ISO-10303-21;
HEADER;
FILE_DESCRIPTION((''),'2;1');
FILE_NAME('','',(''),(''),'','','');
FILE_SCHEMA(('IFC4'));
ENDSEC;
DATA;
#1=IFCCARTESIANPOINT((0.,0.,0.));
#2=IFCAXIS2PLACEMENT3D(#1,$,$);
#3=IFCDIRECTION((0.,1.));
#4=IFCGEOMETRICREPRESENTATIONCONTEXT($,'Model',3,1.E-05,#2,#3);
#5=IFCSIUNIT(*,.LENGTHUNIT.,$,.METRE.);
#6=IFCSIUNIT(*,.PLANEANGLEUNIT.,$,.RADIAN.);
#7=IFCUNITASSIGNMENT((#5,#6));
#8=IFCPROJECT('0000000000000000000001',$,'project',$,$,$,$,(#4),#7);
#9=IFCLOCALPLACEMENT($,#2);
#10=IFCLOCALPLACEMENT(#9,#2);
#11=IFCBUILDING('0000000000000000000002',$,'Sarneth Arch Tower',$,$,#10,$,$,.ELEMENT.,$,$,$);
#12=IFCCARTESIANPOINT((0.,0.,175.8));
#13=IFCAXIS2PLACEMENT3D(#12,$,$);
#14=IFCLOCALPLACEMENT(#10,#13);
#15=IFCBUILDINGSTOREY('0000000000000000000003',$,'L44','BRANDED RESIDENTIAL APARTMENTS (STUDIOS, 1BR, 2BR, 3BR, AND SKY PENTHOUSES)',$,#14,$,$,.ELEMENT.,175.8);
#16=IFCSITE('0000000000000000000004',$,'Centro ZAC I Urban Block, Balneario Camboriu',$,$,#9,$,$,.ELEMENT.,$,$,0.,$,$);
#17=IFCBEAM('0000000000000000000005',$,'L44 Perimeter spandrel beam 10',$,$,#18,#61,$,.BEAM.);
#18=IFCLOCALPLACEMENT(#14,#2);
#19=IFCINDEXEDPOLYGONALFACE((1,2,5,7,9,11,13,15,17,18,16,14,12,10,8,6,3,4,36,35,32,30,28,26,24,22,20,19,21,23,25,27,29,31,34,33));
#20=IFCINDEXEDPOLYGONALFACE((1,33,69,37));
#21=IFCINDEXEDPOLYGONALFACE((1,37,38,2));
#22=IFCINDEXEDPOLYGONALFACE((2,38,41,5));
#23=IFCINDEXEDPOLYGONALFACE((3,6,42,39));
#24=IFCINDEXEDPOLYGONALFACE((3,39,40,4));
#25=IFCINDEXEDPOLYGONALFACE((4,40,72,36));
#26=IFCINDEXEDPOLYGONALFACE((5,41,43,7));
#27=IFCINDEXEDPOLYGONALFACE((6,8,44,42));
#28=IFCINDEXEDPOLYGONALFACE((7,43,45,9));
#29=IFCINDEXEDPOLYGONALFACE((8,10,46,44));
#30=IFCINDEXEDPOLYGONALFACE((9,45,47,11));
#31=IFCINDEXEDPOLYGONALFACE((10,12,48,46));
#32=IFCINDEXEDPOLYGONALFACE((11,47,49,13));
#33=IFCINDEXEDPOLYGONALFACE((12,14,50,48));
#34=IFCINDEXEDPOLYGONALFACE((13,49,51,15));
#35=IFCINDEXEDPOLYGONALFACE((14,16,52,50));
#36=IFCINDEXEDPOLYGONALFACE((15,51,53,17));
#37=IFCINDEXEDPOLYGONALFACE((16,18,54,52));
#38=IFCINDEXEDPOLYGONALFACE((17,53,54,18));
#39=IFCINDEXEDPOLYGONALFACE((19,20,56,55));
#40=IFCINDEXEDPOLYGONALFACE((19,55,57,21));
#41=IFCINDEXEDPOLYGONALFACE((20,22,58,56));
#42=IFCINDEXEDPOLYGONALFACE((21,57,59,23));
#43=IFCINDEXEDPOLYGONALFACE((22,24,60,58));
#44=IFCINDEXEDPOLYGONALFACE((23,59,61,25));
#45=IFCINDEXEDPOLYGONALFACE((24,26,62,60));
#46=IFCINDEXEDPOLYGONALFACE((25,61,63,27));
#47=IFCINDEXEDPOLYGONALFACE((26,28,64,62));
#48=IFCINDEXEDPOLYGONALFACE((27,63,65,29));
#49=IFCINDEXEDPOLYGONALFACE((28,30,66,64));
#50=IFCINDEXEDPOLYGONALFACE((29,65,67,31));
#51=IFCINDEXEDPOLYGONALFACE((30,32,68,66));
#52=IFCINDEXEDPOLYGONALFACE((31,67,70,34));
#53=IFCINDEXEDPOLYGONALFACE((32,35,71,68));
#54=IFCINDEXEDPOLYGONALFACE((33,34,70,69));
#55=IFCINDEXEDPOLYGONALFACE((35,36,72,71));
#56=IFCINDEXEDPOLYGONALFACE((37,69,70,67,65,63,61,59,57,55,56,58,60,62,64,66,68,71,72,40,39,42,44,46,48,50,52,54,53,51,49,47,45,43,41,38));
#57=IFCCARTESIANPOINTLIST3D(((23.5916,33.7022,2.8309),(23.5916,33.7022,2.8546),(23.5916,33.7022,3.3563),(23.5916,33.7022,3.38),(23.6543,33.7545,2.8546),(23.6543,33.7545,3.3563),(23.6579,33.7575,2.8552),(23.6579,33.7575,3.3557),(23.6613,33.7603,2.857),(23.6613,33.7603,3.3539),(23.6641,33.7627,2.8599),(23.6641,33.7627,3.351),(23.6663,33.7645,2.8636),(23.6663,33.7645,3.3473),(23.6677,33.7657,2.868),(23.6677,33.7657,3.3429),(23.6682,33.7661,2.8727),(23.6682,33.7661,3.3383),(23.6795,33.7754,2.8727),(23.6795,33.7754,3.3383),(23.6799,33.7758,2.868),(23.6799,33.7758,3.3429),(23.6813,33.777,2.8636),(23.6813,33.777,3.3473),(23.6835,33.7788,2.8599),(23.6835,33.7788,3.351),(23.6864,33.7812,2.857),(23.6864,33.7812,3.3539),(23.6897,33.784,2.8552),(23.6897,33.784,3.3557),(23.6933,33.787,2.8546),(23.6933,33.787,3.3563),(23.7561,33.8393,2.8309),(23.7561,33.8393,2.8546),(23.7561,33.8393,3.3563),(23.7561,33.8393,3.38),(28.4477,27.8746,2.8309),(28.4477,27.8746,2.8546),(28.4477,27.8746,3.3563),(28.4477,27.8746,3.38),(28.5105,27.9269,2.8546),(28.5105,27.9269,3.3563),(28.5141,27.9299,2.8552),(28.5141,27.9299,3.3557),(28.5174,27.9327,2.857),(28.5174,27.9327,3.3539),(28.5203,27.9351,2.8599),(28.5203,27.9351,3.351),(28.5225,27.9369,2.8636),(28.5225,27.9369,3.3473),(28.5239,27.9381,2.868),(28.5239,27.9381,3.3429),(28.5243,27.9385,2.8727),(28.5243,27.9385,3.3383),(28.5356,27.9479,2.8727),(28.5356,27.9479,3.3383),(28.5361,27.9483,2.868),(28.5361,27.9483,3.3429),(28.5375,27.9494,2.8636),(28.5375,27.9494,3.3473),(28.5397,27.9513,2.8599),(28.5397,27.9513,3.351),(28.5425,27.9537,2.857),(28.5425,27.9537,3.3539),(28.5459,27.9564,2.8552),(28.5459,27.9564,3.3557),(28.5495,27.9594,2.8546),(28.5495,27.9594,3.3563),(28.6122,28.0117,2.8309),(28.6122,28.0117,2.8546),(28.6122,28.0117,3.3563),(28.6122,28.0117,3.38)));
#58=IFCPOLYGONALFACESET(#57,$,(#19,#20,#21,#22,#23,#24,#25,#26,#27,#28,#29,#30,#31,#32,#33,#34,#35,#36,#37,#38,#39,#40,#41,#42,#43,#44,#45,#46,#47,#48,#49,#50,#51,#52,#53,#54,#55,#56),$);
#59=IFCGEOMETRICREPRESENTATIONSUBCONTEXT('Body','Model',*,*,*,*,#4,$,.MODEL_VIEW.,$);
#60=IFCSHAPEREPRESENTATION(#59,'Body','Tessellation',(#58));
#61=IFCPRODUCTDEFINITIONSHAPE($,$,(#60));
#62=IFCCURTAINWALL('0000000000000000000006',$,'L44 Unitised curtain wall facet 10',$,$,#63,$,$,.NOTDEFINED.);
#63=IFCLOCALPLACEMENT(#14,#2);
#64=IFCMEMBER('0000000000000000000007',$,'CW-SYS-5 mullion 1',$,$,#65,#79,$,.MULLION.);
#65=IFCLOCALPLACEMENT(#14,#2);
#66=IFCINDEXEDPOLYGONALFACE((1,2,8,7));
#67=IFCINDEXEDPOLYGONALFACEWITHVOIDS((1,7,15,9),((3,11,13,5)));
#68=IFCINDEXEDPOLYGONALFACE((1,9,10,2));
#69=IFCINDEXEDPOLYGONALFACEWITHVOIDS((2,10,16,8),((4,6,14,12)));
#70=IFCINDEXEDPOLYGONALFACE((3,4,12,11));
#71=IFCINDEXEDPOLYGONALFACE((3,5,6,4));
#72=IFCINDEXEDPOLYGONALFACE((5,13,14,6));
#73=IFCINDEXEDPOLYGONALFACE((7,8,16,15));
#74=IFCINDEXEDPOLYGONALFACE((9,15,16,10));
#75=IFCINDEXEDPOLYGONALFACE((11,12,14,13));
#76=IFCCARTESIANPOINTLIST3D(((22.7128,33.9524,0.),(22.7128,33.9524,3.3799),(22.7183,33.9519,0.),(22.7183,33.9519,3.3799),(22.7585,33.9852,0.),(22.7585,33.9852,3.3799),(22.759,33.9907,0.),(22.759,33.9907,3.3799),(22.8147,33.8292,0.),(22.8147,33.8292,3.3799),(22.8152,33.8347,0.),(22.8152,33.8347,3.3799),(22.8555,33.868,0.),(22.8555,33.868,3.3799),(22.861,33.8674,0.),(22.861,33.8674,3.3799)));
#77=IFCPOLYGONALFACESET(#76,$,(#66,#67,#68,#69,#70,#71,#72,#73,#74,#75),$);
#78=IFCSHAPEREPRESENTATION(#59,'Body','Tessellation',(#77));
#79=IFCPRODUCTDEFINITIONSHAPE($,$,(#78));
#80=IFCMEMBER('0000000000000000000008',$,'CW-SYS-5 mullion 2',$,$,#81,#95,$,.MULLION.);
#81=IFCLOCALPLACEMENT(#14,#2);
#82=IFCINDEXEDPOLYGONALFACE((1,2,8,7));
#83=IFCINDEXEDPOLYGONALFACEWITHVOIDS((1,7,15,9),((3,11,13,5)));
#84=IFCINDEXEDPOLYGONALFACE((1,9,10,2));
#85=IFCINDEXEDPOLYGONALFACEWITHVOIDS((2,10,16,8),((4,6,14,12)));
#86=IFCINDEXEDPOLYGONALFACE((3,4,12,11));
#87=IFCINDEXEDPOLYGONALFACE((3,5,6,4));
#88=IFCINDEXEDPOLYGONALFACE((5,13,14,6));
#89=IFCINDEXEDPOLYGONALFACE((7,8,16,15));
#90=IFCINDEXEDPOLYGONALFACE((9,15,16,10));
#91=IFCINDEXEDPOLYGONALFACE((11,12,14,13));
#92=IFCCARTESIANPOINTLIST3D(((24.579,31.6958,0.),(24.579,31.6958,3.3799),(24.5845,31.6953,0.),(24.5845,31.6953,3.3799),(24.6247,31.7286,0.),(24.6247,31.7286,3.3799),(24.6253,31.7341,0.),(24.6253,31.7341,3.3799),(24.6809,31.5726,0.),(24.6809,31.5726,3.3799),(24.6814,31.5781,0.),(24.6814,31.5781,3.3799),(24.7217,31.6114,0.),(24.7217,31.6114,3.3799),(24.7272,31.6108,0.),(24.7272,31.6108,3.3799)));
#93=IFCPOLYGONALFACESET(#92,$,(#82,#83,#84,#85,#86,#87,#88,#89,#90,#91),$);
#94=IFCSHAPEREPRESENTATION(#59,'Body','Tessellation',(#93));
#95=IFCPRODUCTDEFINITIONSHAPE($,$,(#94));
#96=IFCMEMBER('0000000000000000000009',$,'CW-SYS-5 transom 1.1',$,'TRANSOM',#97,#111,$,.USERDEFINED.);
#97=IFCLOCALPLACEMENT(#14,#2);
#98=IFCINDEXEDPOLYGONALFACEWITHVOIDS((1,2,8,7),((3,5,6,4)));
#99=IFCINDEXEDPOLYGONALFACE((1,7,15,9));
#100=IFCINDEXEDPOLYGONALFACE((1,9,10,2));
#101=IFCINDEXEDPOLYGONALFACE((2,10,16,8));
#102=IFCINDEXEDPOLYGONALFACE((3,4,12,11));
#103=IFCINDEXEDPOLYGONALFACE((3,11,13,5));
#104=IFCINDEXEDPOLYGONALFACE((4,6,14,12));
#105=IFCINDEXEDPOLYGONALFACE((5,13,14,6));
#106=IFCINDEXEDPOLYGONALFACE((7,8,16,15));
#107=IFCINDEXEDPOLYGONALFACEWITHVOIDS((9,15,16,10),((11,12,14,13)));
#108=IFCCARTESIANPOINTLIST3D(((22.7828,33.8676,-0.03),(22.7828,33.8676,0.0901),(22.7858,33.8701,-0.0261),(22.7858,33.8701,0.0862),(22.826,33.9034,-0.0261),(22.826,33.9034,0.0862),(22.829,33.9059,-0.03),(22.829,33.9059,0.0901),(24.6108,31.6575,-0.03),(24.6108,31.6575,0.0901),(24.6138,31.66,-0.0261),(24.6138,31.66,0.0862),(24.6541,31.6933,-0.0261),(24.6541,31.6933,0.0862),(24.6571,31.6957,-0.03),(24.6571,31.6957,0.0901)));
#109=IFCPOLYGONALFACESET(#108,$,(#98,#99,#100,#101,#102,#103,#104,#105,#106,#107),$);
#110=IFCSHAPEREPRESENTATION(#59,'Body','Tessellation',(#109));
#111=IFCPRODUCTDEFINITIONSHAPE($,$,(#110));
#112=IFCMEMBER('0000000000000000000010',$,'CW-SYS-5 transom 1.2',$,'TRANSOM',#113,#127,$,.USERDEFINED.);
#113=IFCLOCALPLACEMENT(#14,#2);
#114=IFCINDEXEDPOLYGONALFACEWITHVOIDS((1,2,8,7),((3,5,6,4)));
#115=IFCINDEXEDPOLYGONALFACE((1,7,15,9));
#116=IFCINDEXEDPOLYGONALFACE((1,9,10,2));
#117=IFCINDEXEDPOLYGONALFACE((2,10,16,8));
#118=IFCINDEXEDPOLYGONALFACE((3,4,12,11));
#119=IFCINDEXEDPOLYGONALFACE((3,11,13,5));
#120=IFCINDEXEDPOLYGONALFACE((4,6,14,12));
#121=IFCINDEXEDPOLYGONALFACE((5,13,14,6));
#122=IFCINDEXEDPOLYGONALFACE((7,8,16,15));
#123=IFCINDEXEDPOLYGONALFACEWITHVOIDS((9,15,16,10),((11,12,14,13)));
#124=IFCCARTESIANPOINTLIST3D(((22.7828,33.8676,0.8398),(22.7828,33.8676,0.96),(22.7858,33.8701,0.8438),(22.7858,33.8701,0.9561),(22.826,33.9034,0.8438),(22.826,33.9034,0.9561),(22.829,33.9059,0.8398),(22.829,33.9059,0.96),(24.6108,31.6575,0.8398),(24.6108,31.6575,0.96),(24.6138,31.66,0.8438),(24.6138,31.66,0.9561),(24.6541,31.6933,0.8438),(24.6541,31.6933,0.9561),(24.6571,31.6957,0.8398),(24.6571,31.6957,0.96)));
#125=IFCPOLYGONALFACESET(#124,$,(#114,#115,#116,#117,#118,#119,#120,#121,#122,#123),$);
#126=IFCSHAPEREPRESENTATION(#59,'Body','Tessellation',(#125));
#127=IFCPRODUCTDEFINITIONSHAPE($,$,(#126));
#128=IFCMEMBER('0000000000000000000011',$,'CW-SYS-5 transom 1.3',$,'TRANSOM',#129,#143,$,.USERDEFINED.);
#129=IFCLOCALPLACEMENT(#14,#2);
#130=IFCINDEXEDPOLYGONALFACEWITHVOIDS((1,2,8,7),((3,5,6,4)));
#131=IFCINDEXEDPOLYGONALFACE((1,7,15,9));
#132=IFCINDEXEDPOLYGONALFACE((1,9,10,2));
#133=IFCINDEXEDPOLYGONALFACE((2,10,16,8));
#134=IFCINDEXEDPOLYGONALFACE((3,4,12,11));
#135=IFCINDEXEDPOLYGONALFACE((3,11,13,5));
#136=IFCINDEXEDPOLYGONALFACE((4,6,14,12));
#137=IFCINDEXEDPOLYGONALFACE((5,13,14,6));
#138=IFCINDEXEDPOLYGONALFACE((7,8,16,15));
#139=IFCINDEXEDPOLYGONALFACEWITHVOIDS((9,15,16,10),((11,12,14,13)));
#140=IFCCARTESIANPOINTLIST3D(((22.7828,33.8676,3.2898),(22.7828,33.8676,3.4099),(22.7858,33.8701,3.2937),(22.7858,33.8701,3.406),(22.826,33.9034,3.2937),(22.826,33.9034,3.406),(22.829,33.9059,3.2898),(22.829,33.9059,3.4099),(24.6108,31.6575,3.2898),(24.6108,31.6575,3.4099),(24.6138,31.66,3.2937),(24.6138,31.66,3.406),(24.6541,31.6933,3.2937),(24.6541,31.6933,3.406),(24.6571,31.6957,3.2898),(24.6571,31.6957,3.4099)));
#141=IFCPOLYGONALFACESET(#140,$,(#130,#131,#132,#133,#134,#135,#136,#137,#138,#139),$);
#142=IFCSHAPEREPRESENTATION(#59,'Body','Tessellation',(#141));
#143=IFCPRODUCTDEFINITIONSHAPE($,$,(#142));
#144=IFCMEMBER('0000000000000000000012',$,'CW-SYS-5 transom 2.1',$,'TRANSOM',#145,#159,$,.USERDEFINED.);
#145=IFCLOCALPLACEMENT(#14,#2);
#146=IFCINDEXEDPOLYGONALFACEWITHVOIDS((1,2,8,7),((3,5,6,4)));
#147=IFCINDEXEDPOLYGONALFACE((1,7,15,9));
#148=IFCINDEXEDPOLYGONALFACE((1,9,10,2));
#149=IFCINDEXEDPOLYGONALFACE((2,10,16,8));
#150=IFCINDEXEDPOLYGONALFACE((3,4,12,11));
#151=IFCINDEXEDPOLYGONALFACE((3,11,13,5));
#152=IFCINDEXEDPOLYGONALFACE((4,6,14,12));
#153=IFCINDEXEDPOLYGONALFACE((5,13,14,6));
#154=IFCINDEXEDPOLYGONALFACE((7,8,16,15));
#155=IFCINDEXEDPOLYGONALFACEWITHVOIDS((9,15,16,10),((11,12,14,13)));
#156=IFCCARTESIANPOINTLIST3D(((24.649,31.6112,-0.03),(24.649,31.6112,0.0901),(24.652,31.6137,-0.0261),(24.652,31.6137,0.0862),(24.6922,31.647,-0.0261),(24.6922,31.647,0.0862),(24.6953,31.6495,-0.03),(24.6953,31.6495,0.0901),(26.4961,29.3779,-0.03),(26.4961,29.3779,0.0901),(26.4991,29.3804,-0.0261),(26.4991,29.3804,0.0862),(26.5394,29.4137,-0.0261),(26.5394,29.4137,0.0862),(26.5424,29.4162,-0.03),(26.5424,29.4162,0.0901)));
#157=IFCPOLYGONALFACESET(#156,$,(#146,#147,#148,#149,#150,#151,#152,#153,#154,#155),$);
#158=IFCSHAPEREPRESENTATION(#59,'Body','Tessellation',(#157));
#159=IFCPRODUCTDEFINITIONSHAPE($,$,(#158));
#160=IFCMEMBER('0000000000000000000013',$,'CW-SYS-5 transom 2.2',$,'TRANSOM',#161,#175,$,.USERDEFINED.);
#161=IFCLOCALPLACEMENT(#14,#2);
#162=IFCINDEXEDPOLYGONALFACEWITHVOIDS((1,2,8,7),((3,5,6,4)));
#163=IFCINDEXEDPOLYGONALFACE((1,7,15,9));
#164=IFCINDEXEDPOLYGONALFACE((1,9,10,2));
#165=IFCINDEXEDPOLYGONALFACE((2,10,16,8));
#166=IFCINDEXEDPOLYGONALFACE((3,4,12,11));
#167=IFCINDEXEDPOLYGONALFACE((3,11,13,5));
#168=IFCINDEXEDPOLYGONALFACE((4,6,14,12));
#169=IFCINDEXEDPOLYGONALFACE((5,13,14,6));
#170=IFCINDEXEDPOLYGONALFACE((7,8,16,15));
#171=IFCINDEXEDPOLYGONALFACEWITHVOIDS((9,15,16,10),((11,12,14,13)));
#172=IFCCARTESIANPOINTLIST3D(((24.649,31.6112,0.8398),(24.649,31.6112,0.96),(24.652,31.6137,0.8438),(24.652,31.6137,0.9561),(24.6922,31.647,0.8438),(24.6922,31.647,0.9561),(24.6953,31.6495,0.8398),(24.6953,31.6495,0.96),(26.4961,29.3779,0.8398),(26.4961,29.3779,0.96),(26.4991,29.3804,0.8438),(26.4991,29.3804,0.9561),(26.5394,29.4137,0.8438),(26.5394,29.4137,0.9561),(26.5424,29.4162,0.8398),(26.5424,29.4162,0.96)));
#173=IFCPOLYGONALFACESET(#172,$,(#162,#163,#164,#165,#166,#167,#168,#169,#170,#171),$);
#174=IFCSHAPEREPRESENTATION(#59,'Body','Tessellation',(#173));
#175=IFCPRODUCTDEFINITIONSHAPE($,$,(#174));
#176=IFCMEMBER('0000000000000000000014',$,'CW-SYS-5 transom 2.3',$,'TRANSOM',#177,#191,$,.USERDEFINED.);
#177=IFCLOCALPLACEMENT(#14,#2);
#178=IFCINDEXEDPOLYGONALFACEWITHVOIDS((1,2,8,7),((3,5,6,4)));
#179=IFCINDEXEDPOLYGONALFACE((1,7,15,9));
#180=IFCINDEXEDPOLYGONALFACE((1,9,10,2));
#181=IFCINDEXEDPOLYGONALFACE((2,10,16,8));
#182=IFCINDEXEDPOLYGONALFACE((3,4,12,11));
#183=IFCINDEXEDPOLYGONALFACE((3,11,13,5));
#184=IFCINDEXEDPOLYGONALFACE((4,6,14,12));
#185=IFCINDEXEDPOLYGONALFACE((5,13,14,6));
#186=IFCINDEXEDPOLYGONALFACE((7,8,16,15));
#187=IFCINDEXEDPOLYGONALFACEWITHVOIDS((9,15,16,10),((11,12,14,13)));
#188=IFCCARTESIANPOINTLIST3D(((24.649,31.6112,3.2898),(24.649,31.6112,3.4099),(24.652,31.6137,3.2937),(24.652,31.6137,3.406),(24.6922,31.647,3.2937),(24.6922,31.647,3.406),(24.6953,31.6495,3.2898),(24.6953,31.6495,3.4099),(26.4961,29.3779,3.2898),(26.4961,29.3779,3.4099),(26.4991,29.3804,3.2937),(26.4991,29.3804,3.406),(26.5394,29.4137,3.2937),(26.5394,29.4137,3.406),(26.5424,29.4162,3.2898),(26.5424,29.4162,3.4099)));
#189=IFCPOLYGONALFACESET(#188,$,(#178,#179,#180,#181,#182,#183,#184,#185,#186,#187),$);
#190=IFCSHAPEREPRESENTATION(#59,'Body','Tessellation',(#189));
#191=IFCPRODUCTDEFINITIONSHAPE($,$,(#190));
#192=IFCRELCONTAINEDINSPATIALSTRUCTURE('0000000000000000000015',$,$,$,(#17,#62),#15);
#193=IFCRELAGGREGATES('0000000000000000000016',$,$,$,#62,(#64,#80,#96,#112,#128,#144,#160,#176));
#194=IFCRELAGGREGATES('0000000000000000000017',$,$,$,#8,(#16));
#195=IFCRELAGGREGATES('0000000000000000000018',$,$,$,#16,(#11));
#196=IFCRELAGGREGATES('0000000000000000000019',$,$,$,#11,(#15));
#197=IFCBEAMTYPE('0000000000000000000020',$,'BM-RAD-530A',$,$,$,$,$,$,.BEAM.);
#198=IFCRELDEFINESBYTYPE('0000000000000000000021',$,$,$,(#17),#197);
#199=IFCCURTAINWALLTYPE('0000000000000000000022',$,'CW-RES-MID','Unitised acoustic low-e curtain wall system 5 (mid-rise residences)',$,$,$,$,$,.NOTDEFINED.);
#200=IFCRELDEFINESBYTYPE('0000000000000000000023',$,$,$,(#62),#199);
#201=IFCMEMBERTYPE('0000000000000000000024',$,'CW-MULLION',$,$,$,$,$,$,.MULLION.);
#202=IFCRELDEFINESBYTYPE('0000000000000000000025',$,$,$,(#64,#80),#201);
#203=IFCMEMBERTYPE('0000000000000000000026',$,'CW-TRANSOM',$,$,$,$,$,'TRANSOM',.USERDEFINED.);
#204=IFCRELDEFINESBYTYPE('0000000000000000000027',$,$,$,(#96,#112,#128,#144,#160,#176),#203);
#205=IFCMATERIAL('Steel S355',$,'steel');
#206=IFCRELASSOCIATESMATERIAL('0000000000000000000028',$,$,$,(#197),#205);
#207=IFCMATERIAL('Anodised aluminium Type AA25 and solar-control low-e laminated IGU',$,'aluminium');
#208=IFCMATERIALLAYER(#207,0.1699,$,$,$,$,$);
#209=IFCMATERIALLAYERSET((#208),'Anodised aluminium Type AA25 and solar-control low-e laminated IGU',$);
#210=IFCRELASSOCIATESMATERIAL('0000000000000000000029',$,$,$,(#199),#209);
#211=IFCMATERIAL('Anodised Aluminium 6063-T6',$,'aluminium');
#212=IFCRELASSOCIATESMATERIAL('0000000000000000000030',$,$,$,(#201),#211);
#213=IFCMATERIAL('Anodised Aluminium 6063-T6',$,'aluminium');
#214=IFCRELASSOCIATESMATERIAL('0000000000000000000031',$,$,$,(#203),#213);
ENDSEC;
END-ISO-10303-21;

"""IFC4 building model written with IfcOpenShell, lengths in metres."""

from ifc_helpers import new_model, si_unit, direction, frame, origin, origin_2d, place, context, subcontext, project, spatial, hollow_rectangle, i_section, extrude, material, layer, layer_set, material_profile, profile_set, type_object, element, aggregate, save


model = new_model("IFC4")

# Units and contexts
model_context = context("Model", 3, precision=1e-05, world=origin(), true_north=direction((0.0, 1.0)))
body_context = subcontext(model_context, "Body", "Model", "MODEL_VIEW")
ifc_project = project(units=[si_unit("LENGTHUNIT", "METRE"), si_unit("PLANEANGLEUNIT", "RADIAN")], contexts=[model_context])

# Site, building, storey
site_placement = place(None, origin())
site = spatial("IfcSite", under=ifc_project, at=site_placement, Name="Centro ZAC I Urban Block, Balneario Camboriu", CompositionType="ELEMENT", RefElevation=0.0)
building_placement = place(site_placement, origin())
building = spatial("IfcBuilding", under=site, at=building_placement, Name="Sarneth Arch Tower", CompositionType="ELEMENT")
storey_placement = place(building_placement, frame((0.0, 0.0, 175.8)))
storey = spatial("IfcBuildingStorey", under=building, at=storey_placement, Name="L44", Description="BRANDED RESIDENTIAL APARTMENTS (STUDIOS, 1BR, 2BR, 3BR, AND SKY PENTHOUSES)", CompositionType="ELEMENT", Elevation=175.8)

# Beam
ifc_material_1 = material(Name="Steel S355", Category="steel")
ifc_material_profile_1 = material_profile(ifc_material_1, i_section(OverallWidth=0.2141, OverallDepth=0.5491, WebThickness=0.0146, FlangeThickness=0.0237, FilletRadius=0.0181, at=origin_2d()), Name="W530x138")
ifc_profile_set_1 = profile_set([ifc_material_profile_1], Name="Steel S355")
beam_type_1 = type_object("IfcBeamType", Name="BM-RAD-530A", PredefinedType="BEAM", material=ifc_profile_set_1)
beam_1_placement = place(storey_placement, frame((23.6738, 33.7708, 3.1055), z_axis=(0.640172, -0.768232, 0.0), x_axis=(0.768232, 0.640172, 0.0)))
element("IfcBeam", 1, at=beam_1_placement, inside=storey, type_object=beam_type_1, Name="L44 Perimeter spandrel beam 10", PredefinedType="BEAM", context=body_context, shape_type="SweptSolid", body=[
    extrude(i_section(OverallWidth=0.2141, OverallDepth=0.5491, WebThickness=0.0146, FlangeThickness=0.0237, FilletRadius=0.0181, at=origin_2d()), origin(), (0.0, 0.0, 1.0), 7.5857),
])

# Curtain wall, members
ifc_material_2 = material(Name="Anodised aluminium Type AA25 and solar-control low-e laminated IGU", Category="aluminium")
ifc_layer_1 = layer(ifc_material_2, 0.1699)
ifc_layer_set_1 = layer_set([ifc_layer_1], Name="Anodised aluminium Type AA25 and solar-control low-e laminated IGU")
curtain_wall_type = type_object("IfcCurtainWallType", Name="CW-RES-MID", Description="Unitised acoustic low-e curtain wall system 5 (mid-rise residences)", PredefinedType="NOTDEFINED", material=ifc_layer_set_1)
curtain_wall_placement = place(storey_placement, origin())
curtain_wall = element("IfcCurtainWall", 2, at=curtain_wall_placement, inside=storey, type_object=curtain_wall_type, Name="L44 Unitised curtain wall facet 10", PredefinedType="NOTDEFINED")
ifc_material_3 = material(Name="Anodised Aluminium 6063-T6", Category="aluminium")
ifc_material_profile_2 = material_profile(ifc_material_3, hollow_rectangle(XDim=0.0601, YDim=0.1599, WallThickness=0.0039, at=origin_2d()), Name="AL-MULL-160x60x4")
ifc_profile_set_2 = profile_set([ifc_material_profile_2], Name="Anodised Aluminium 6063-T6")
member_type_1 = type_object("IfcMemberType", Name="CW-MULLION", PredefinedType="MULLION", material=ifc_profile_set_2)
member_1_placement = place(storey_placement, frame((22.7869, 33.9099, 0.0), z_axis=(0.0, 0.0, 1.0), x_axis=(0.770591, 0.63733, 0.0)))
member_1 = element("IfcMember", 3, at=member_1_placement, type_object=member_type_1, Name="CW-SYS-5 mullion 1", PredefinedType="MULLION", context=body_context, shape_type="SweptSolid", body=[
    extrude(hollow_rectangle(XDim=0.0601, YDim=0.1599, WallThickness=0.0039, at=origin_2d()), origin(), (0.0, 0.0, 1.0), 3.3799),
])
member_2_placement = place(storey_placement, frame((24.6531, 31.6533, 0.0), z_axis=(0.0, 0.0, 1.0), x_axis=(0.770591, 0.63733, 0.0)))
member_2 = element("IfcMember", 4, at=member_2_placement, type_object=member_type_1, Name="CW-SYS-5 mullion 2", PredefinedType="MULLION", context=body_context, shape_type="SweptSolid", body=[
    extrude(hollow_rectangle(XDim=0.0601, YDim=0.1599, WallThickness=0.0039, at=origin_2d()), origin(), (0.0, 0.0, 1.0), 3.3799),
])
ifc_material_4 = material(Name="Anodised Aluminium 6063-T6", Category="aluminium")
ifc_material_profile_3 = material_profile(ifc_material_4, hollow_rectangle(XDim=0.0601, YDim=0.1201, WallThickness=0.0039, at=origin_2d()), Name="AL-TRAN-120x60x4")
ifc_profile_set_3 = profile_set([ifc_material_profile_3], Name="Anodised Aluminium 6063-T6")
member_type_2 = type_object("IfcMemberType", Name="CW-TRANSOM", ElementType="TRANSOM", PredefinedType="USERDEFINED", material=ifc_profile_set_3)
member_3_placement = place(storey_placement, frame((22.8059, 33.8867, 0.03), z_axis=(0.637359, -0.770567, 0.0), x_axis=(0.770567, 0.637359, 0.0)))
member_3 = element("IfcMember", 5, at=member_3_placement, type_object=member_type_2, Name="CW-SYS-5 transom 1.1", ObjectType="TRANSOM", PredefinedType="USERDEFINED", context=body_context, shape_type="SweptSolid", body=[
    extrude(hollow_rectangle(XDim=0.0601, YDim=0.1201, WallThickness=0.0039, at=origin_2d()), origin(), (0.0, 0.0, 1.0), 2.8682),
])
member_4_placement = place(storey_placement, frame((22.8059, 33.8867, 0.8999), z_axis=(0.637359, -0.770567, 0.0), x_axis=(0.770567, 0.637359, 0.0)))
member_4 = element("IfcMember", 6, at=member_4_placement, type_object=member_type_2, Name="CW-SYS-5 transom 1.2", ObjectType="TRANSOM", PredefinedType="USERDEFINED", context=body_context, shape_type="SweptSolid", body=[
    extrude(hollow_rectangle(XDim=0.0601, YDim=0.1201, WallThickness=0.0039, at=origin_2d()), origin(), (0.0, 0.0, 1.0), 2.8682),
])
member_5_placement = place(storey_placement, frame((22.8059, 33.8867, 3.3499), z_axis=(0.637359, -0.770567, 0.0), x_axis=(0.770567, 0.637359, 0.0)))
member_5 = element("IfcMember", 7, at=member_5_placement, type_object=member_type_2, Name="CW-SYS-5 transom 1.3", ObjectType="TRANSOM", PredefinedType="USERDEFINED", context=body_context, shape_type="SweptSolid", body=[
    extrude(hollow_rectangle(XDim=0.0601, YDim=0.1201, WallThickness=0.0039, at=origin_2d()), origin(), (0.0, 0.0, 1.0), 2.8682),
])
member_6_placement = place(storey_placement, frame((24.6721, 31.6304, 0.03), z_axis=(0.63733, -0.770591, 0.0), x_axis=(0.770591, 0.63733, 0.0)))
member_6 = element("IfcMember", 8, at=member_6_placement, type_object=member_type_2, Name="CW-SYS-5 transom 2.1", ObjectType="TRANSOM", PredefinedType="USERDEFINED", context=body_context, shape_type="SweptSolid", body=[
    extrude(hollow_rectangle(XDim=0.0601, YDim=0.1201, WallThickness=0.0039, at=origin_2d()), origin(), (0.0, 0.0, 1.0), 2.8982),
])
member_7_placement = place(storey_placement, frame((24.6721, 31.6304, 0.8999), z_axis=(0.63733, -0.770591, 0.0), x_axis=(0.770591, 0.63733, 0.0)))
member_7 = element("IfcMember", 9, at=member_7_placement, type_object=member_type_2, Name="CW-SYS-5 transom 2.2", ObjectType="TRANSOM", PredefinedType="USERDEFINED", context=body_context, shape_type="SweptSolid", body=[
    extrude(hollow_rectangle(XDim=0.0601, YDim=0.1201, WallThickness=0.0039, at=origin_2d()), origin(), (0.0, 0.0, 1.0), 2.8982),
])
member_8_placement = place(storey_placement, frame((24.6721, 31.6304, 3.3499), z_axis=(0.63733, -0.770591, 0.0), x_axis=(0.770591, 0.63733, 0.0)))
member_8 = element("IfcMember", 10, at=member_8_placement, type_object=member_type_2, Name="CW-SYS-5 transom 2.3", ObjectType="TRANSOM", PredefinedType="USERDEFINED", context=body_context, shape_type="SweptSolid", body=[
    extrude(hollow_rectangle(XDim=0.0601, YDim=0.1201, WallThickness=0.0039, at=origin_2d()), origin(), (0.0, 0.0, 1.0), 2.8982),
])
aggregate(curtain_wall, [member_1, member_2, member_3, member_4, member_5, member_6, member_7, member_8])

save(model, "model.ifc")
